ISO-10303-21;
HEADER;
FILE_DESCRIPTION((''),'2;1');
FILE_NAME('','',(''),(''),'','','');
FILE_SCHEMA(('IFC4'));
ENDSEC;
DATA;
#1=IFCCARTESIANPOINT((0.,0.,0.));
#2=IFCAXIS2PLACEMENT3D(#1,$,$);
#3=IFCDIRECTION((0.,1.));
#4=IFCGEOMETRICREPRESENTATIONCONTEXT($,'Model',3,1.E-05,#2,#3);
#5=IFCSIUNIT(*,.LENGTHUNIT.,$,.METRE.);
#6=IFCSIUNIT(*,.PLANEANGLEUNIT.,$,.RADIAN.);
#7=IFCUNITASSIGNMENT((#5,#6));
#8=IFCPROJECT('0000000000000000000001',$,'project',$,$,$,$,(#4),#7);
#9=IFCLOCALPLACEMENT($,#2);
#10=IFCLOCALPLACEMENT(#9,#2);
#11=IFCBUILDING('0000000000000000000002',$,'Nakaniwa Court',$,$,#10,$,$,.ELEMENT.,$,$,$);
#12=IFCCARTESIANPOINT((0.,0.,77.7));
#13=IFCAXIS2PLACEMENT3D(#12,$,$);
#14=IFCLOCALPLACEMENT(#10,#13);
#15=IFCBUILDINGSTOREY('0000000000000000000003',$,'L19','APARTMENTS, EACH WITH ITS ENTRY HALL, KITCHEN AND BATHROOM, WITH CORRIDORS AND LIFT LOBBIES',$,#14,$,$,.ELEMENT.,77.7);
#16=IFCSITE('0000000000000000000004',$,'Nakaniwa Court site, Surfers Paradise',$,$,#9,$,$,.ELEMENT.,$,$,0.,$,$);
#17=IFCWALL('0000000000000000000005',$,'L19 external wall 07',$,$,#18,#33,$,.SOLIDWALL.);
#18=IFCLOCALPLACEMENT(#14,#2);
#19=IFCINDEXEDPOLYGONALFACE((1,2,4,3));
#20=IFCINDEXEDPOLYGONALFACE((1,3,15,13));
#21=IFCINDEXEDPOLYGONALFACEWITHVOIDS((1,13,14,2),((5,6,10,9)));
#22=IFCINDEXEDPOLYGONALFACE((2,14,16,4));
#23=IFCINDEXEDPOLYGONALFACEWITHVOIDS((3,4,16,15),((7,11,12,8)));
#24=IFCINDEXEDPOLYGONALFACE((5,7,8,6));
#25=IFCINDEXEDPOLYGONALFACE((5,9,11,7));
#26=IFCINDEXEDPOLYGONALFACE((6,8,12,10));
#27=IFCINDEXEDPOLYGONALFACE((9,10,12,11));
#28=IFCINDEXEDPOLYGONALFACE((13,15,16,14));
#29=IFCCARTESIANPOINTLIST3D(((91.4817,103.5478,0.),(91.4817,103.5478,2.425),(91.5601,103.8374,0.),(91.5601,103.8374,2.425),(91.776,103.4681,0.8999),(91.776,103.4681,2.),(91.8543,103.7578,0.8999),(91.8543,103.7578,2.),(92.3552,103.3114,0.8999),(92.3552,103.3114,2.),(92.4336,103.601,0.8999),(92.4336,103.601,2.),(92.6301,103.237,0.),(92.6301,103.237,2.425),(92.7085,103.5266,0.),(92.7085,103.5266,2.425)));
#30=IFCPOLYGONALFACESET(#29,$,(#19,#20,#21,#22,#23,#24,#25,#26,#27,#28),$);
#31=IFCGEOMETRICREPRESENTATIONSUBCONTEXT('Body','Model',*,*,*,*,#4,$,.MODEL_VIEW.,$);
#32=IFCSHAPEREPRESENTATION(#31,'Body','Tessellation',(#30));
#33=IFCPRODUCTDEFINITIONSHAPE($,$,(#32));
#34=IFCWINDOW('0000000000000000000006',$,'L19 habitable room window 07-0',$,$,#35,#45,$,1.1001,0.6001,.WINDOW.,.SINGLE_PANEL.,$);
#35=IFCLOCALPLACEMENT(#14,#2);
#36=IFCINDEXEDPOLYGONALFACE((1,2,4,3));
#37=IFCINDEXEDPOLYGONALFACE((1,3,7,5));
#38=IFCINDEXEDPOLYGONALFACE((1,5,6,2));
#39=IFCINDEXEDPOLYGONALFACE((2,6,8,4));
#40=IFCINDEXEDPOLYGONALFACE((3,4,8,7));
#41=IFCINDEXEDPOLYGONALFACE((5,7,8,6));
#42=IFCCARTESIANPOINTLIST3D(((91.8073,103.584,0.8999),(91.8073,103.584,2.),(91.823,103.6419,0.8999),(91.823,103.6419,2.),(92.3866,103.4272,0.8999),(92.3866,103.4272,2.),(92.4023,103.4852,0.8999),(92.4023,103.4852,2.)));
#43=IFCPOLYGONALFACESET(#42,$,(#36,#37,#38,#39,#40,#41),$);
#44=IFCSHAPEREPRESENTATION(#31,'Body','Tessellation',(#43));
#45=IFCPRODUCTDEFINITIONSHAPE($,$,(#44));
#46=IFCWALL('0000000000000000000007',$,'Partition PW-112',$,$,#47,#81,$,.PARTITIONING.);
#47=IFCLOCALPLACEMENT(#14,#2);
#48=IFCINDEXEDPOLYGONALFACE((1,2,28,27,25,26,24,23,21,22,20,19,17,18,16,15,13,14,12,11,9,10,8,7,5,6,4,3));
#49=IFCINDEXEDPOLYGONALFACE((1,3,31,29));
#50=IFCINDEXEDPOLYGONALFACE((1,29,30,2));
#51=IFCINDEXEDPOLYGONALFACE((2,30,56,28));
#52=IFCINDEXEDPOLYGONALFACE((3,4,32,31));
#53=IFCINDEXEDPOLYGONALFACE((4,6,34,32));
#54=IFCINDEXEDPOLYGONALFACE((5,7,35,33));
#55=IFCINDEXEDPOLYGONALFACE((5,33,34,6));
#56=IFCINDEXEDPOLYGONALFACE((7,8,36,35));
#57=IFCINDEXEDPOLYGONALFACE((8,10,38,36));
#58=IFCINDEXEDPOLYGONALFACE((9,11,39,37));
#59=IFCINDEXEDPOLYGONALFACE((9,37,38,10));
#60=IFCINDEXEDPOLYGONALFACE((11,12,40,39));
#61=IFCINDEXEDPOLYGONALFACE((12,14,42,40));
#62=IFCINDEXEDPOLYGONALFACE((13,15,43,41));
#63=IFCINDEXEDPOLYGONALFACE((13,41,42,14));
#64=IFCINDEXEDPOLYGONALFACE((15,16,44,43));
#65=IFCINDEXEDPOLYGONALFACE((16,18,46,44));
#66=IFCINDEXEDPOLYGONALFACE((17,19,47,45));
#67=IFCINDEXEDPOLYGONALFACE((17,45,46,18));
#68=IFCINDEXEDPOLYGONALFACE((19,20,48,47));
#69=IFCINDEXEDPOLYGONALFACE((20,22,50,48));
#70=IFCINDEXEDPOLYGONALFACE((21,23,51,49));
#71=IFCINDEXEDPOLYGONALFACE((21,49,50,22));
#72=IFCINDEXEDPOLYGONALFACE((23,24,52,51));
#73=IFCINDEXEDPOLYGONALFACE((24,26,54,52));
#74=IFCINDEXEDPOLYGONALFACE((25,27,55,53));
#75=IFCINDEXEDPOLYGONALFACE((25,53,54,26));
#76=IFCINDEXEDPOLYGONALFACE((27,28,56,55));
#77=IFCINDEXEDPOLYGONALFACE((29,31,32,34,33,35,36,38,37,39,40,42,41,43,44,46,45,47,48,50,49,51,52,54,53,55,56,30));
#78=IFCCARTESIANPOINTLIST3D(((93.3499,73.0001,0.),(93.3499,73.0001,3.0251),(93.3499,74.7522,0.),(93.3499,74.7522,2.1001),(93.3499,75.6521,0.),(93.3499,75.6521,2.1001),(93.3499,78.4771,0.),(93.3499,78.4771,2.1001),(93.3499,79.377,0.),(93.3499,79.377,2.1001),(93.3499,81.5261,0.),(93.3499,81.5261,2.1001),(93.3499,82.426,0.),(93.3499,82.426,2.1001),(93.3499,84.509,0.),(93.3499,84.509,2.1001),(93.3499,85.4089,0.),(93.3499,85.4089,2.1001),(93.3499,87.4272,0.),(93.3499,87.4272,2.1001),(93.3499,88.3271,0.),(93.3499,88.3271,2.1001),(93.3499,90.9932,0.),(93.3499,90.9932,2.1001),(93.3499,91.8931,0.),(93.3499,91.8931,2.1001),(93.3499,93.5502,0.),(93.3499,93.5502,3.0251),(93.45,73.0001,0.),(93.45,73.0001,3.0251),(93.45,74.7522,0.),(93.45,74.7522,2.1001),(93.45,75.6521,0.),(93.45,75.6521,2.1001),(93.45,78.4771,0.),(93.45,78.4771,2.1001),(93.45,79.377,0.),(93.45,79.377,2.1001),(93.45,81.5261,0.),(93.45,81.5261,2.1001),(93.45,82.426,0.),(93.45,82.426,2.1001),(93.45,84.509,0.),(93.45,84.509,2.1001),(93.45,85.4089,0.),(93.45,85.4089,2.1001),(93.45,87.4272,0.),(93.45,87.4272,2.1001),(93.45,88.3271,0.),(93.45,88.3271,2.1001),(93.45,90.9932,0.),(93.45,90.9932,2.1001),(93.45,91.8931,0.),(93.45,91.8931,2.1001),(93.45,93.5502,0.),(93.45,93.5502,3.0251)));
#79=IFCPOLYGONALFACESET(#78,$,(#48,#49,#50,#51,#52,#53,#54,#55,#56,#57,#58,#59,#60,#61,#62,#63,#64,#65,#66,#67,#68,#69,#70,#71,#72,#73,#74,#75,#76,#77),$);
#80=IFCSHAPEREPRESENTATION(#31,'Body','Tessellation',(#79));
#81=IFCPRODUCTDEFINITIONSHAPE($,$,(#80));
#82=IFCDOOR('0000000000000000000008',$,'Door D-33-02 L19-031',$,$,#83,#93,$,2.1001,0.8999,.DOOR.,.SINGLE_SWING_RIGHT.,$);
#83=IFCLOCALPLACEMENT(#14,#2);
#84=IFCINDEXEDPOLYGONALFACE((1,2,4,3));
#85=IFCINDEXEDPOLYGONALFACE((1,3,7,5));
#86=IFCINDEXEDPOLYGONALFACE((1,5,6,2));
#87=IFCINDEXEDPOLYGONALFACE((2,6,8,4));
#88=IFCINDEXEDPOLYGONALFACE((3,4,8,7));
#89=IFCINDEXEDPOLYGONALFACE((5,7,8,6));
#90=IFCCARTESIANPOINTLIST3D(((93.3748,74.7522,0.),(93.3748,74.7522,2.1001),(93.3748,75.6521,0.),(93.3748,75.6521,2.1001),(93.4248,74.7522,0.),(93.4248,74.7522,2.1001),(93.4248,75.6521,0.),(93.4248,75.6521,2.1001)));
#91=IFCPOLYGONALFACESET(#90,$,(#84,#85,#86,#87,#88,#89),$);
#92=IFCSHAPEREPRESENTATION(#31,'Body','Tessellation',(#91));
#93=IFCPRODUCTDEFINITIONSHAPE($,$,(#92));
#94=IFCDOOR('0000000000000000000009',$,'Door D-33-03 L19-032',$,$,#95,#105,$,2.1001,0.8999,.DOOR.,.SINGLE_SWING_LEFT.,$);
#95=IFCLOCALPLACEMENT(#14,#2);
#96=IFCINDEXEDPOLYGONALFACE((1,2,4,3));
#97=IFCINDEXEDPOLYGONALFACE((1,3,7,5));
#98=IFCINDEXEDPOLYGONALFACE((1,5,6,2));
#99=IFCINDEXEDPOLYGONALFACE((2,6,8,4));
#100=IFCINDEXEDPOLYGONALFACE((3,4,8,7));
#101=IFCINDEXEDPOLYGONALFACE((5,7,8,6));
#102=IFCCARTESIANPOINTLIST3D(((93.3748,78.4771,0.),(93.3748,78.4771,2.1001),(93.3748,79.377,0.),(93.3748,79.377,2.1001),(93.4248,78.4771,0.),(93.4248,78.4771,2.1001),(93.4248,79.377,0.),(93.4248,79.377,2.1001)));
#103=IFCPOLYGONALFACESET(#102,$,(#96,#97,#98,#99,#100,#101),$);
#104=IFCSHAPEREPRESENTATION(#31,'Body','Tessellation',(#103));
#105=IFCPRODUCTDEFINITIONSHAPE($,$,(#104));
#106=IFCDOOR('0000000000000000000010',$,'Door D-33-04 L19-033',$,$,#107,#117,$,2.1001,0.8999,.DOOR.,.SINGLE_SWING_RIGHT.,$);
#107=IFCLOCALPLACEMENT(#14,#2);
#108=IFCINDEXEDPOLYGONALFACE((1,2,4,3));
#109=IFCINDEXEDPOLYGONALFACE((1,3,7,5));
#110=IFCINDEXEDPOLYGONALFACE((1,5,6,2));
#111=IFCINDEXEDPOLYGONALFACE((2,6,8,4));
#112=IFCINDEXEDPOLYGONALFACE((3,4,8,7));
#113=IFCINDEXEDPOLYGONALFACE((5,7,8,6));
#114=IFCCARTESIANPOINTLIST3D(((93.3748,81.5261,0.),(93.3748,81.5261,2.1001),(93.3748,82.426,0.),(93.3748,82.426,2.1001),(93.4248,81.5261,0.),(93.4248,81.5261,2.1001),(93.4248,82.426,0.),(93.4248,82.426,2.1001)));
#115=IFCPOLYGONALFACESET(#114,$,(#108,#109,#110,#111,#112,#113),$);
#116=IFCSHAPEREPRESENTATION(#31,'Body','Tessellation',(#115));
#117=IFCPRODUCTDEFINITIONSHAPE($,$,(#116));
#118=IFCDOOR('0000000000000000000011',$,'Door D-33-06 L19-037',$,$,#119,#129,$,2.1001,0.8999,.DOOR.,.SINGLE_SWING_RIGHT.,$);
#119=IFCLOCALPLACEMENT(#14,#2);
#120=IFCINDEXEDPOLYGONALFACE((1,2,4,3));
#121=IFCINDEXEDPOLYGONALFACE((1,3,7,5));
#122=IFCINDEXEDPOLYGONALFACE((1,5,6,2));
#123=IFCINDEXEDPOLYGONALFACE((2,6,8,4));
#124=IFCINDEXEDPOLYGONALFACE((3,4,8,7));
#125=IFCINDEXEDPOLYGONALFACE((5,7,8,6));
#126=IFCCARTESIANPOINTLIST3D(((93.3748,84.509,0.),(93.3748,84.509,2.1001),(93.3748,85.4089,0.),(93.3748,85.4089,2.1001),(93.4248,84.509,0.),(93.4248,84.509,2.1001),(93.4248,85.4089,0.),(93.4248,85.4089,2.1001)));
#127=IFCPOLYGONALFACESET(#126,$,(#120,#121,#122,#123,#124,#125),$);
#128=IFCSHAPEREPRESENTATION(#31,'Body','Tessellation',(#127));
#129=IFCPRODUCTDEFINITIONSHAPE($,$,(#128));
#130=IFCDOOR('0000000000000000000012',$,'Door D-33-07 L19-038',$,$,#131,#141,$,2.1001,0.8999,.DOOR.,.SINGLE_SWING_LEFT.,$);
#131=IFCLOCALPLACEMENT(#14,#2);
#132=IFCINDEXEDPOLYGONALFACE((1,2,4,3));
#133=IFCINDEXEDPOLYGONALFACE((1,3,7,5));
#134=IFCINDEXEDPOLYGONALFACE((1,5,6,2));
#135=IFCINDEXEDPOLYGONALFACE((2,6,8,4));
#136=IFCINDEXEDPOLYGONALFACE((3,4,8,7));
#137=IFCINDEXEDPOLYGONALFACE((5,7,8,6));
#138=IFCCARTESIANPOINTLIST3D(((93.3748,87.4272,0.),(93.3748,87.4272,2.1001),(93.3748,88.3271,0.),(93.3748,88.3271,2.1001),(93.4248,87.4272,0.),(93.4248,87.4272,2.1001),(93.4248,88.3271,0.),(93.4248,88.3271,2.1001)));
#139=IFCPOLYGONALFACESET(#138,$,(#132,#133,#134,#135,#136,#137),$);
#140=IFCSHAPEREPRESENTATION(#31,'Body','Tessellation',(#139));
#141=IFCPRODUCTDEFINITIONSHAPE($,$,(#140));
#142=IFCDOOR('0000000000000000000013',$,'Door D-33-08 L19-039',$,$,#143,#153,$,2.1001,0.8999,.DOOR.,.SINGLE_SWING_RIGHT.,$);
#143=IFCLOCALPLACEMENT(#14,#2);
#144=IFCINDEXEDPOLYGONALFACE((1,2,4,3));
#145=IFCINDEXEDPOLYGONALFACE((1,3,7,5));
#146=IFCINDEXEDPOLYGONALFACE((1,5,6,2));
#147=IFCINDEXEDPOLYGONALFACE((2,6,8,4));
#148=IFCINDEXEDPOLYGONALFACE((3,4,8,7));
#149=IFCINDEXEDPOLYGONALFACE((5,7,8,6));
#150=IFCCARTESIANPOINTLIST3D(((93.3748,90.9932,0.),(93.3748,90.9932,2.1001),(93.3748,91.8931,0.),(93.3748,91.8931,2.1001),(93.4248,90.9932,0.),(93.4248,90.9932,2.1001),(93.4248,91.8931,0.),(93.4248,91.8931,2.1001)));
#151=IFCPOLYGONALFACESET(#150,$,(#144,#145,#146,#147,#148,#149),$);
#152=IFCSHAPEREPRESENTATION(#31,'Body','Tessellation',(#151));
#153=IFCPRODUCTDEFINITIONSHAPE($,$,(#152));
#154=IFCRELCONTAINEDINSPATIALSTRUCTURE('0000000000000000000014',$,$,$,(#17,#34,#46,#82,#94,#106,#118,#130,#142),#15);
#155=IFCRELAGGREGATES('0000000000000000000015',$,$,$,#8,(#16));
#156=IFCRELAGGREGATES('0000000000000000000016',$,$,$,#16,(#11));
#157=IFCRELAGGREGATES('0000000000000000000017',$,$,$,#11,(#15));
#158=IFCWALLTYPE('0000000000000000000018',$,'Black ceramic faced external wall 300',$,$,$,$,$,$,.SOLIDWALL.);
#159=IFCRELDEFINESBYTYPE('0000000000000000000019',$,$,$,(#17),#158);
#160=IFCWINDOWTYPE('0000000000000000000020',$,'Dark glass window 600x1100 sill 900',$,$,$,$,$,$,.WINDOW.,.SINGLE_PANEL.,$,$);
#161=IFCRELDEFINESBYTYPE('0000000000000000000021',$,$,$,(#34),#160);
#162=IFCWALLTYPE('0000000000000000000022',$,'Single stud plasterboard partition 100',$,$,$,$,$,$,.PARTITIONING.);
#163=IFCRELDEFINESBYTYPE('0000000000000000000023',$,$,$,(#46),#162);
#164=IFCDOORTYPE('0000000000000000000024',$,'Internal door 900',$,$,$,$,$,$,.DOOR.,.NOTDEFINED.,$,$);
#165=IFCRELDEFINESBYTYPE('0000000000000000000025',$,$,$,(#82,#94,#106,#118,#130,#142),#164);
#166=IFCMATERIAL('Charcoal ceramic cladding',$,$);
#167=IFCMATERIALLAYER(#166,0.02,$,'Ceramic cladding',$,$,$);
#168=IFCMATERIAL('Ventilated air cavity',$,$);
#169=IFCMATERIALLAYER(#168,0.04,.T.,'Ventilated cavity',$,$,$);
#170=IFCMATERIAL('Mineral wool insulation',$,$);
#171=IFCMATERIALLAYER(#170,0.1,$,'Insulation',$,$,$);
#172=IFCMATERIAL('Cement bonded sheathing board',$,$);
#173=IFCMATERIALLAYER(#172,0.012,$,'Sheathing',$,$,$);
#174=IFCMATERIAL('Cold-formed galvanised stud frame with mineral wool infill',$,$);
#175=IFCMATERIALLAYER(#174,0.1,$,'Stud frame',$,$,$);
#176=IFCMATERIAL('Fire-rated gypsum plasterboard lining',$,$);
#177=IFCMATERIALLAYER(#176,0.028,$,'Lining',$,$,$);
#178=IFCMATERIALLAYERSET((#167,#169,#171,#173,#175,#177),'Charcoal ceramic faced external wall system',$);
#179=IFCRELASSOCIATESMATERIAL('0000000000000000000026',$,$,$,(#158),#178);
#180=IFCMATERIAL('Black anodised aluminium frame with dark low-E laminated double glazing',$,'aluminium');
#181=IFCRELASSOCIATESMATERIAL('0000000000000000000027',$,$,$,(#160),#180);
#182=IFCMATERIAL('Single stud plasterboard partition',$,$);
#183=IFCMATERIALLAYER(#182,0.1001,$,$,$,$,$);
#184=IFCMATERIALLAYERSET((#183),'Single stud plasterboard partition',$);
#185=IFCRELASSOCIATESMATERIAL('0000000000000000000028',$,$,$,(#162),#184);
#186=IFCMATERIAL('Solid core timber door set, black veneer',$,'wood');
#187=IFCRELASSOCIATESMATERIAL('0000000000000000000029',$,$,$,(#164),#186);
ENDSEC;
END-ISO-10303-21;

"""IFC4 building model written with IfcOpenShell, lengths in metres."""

from ifc_helpers import new_model, si_unit, direction, frame, frame_2d, origin, place, context, subcontext, project, spatial, rectangle, extrude, material, layer, layer_set, type_object, element, fill, save


model = new_model("IFC4")

# Units and contexts
model_context = context("Model", 3, precision=1e-05, world=origin(), true_north=direction((0.0, 1.0)))
body_context = subcontext(model_context, "Body", "Model", "MODEL_VIEW")
ifc_project = project(units=[si_unit("LENGTHUNIT", "METRE"), si_unit("PLANEANGLEUNIT", "RADIAN")], contexts=[model_context])

# Site, building, storey
site_placement = place(None, origin())
site = spatial("IfcSite", under=ifc_project, at=site_placement, Name="Nakaniwa Court site, Surfers Paradise", CompositionType="ELEMENT", RefElevation=0.0)
building_placement = place(site_placement, origin())
building = spatial("IfcBuilding", under=site, at=building_placement, Name="Nakaniwa Court", CompositionType="ELEMENT")
storey_placement = place(building_placement, frame((0.0, 0.0, 77.7)))
storey = spatial("IfcBuildingStorey", under=building, at=storey_placement, Name="L19", Description="APARTMENTS, EACH WITH ITS ENTRY HALL, KITCHEN AND BATHROOM, WITH CORRIDORS AND LIFT LOBBIES", CompositionType="ELEMENT", Elevation=77.7)

# Wall, opening, window
ifc_material_1 = material(Name="Charcoal ceramic cladding")
ifc_layer_1 = layer(ifc_material_1, 0.02, Name="Ceramic cladding")
ifc_material_2 = material(Name="Ventilated air cavity")
ifc_layer_2 = layer(ifc_material_2, 0.04, ventilated=True, Name="Ventilated cavity")
ifc_material_3 = material(Name="Mineral wool insulation")
ifc_layer_3 = layer(ifc_material_3, 0.1, Name="Insulation")
ifc_material_4 = material(Name="Cement bonded sheathing board")
ifc_layer_4 = layer(ifc_material_4, 0.012, Name="Sheathing")
ifc_material_5 = material(Name="Cold-formed galvanised stud frame with mineral wool infill")
ifc_layer_5 = layer(ifc_material_5, 0.1, Name="Stud frame")
ifc_material_6 = material(Name="Fire-rated gypsum plasterboard lining")
ifc_layer_6 = layer(ifc_material_6, 0.028, Name="Lining")
ifc_layer_set_1 = layer_set([ifc_layer_1, ifc_layer_2, ifc_layer_3, ifc_layer_4, ifc_layer_5, ifc_layer_6], Name="Charcoal ceramic faced external wall system")
wall_type_1 = type_object("IfcWallType", Name="Black ceramic faced external wall 300", PredefinedType="SOLIDWALL", material=ifc_layer_set_1)
ifc_material_7 = material(Name="Black anodised aluminium frame with dark low-E laminated double glazing", Category="aluminium")
window_type_1 = type_object("IfcWindowType", Name="Dark glass window 600x1100 sill 900", PartitioningType="SINGLE_PANEL", PredefinedType="WINDOW", material=ifc_material_7)
wall_1_placement = place(storey_placement, frame((92.6692, 103.3818, 0.0), z_axis=(0.0, 0.0, 1.0), x_axis=(-0.965278, 0.261224, 0.0)))
wall_1 = element("IfcWall", 1, at=wall_1_placement, inside=storey, type_object=wall_type_1, Name="L19 external wall 07", PredefinedType="SOLIDWALL", context=body_context, shape_type="SweptSolid", body=[
    extrude(rectangle(XDim=1.1897, YDim=0.3, at=frame_2d((0.5947, 0.0))), origin(), (0.0, 0.0, 1.0), 2.425),
])
opening_1_placement = place(wall_1_placement, frame((0.2847, 0.0, 0.8999)))
opening_1 = element("IfcOpeningElement", 2, at=opening_1_placement, cuts=wall_1, PredefinedType="OPENING", context=body_context, shape_type="SweptSolid", body=[
    extrude(rectangle(XDim=0.6001, YDim=1.1001, at=frame_2d((0.3, 0.55))), frame((0.0, 0.1599, 0.0), z_axis=(0.0, -1.0, 0.0), x_axis=(1.0, 0.0, 0.0)), (0.0, 0.0, 1.0), 0.3201),
])
window_1_placement = place(opening_1_placement, origin())
window_1 = element("IfcWindow", 3, at=window_1_placement, inside=storey, type_object=window_type_1, Name="L19 habitable room window 07-0", OverallHeight=1.1001, OverallWidth=0.6001, PartitioningType="SINGLE_PANEL", PredefinedType="WINDOW", context=body_context, shape_type="SweptSolid", body=[
    extrude(rectangle(XDim=0.6001, YDim=1.1001, at=frame_2d((0.3, 0.55))), frame((0.0, 0.03, 0.0), z_axis=(0.0, -1.0, 0.0), x_axis=(1.0, 0.0, 0.0)), (0.0, 0.0, 1.0), 0.0601),
])
fill(opening_1, window_1)

# Wall, openings, doors
ifc_material_8 = material(Name="Single stud plasterboard partition")
ifc_layer_7 = layer(ifc_material_8, 0.1001)
ifc_layer_set_2 = layer_set([ifc_layer_7], Name="Single stud plasterboard partition")
wall_type_2 = type_object("IfcWallType", Name="Single stud plasterboard partition 100", PredefinedType="PARTITIONING", material=ifc_layer_set_2)
wall_2_placement = place(storey_placement, frame((93.3999, 93.55, 0.0), z_axis=(0.0, 0.0, 1.0), x_axis=(0.0, -1.0, 0.0)))
wall_2 = element("IfcWall", 4, at=wall_2_placement, inside=storey, type_object=wall_type_2, Name="Partition PW-112", PredefinedType="PARTITIONING", context=body_context, shape_type="SweptSolid", body=[
    extrude(rectangle(XDim=20.55, YDim=0.1001, at=frame_2d((10.2749, 0.0))), origin(), (0.0, 0.0, 1.0), 3.0251),
])
opening_2_placement = place(wall_2_placement, frame((17.8979, 0.0, 0.0)))
opening_2 = element("IfcOpeningElement", 5, at=opening_2_placement, cuts=wall_2, PredefinedType="OPENING", context=body_context, shape_type="SweptSolid", body=[
    extrude(rectangle(XDim=0.8999, YDim=2.1001, at=frame_2d((0.45, 1.05))), frame((0.0, 0.0601, 0.0), z_axis=(0.0, -1.0, 0.0), x_axis=(1.0, 0.0, 0.0)), (0.0, 0.0, 1.0), 0.1201),
])
opening_3_placement = place(wall_2_placement, frame((14.1731, 0.0, 0.0)))
opening_3 = element("IfcOpeningElement", 6, at=opening_3_placement, cuts=wall_2, PredefinedType="OPENING", context=body_context, shape_type="SweptSolid", body=[
    extrude(rectangle(XDim=0.8999, YDim=2.1001, at=frame_2d((0.45, 1.05))), frame((0.0, 0.0601, 0.0), z_axis=(0.0, -1.0, 0.0), x_axis=(1.0, 0.0, 0.0)), (0.0, 0.0, 1.0), 0.1201),
])
opening_4_placement = place(wall_2_placement, frame((11.124, 0.0, 0.0)))
opening_4 = element("IfcOpeningElement", 7, at=opening_4_placement, cuts=wall_2, PredefinedType="OPENING", context=body_context, shape_type="SweptSolid", body=[
    extrude(rectangle(XDim=0.8999, YDim=2.1001, at=frame_2d((0.45, 1.05))), frame((0.0, 0.0601, 0.0), z_axis=(0.0, -1.0, 0.0), x_axis=(1.0, 0.0, 0.0)), (0.0, 0.0, 1.0), 0.1201),
])
opening_5_placement = place(wall_2_placement, frame((8.1411, 0.0, 0.0)))
opening_5 = element("IfcOpeningElement", 8, at=opening_5_placement, cuts=wall_2, PredefinedType="OPENING", context=body_context, shape_type="SweptSolid", body=[
    extrude(rectangle(XDim=0.8999, YDim=2.1001, at=frame_2d((0.45, 1.05))), frame((0.0, 0.0601, 0.0), z_axis=(0.0, -1.0, 0.0), x_axis=(1.0, 0.0, 0.0)), (0.0, 0.0, 1.0), 0.1201),
])
opening_6_placement = place(wall_2_placement, frame((5.2229, 0.0, 0.0)))
opening_6 = element("IfcOpeningElement", 9, at=opening_6_placement, cuts=wall_2, PredefinedType="OPENING", context=body_context, shape_type="SweptSolid", body=[
    extrude(rectangle(XDim=0.8999, YDim=2.1001, at=frame_2d((0.45, 1.05))), frame((0.0, 0.0601, 0.0), z_axis=(0.0, -1.0, 0.0), x_axis=(1.0, 0.0, 0.0)), (0.0, 0.0, 1.0), 0.1201),
])
opening_7_placement = place(wall_2_placement, frame((1.657, 0.0, 0.0)))
opening_7 = element("IfcOpeningElement", 10, at=opening_7_placement, cuts=wall_2, PredefinedType="OPENING", context=body_context, shape_type="SweptSolid", body=[
    extrude(rectangle(XDim=0.8999, YDim=2.1001, at=frame_2d((0.45, 1.05))), frame((0.0, 0.0601, 0.0), z_axis=(0.0, -1.0, 0.0), x_axis=(1.0, 0.0, 0.0)), (0.0, 0.0, 1.0), 0.1201),
])
ifc_material_9 = material(Name="Solid core timber door set, black veneer", Category="wood")
door_type = type_object("IfcDoorType", Name="Internal door 900", OperationType="NOTDEFINED", PredefinedType="DOOR", material=ifc_material_9)
door_1_placement = place(opening_2_placement, origin())
door_1 = element("IfcDoor", 11, at=door_1_placement, inside=storey, type_object=door_type, Name="Door D-33-02 L19-031", OperationType="SINGLE_SWING_RIGHT", OverallHeight=2.1001, OverallWidth=0.8999, PredefinedType="DOOR", context=body_context, shape_type="SweptSolid", body=[
    extrude(rectangle(XDim=0.8999, YDim=2.1001, at=frame_2d((0.45, 1.05))), frame((0.0, 0.0249, 0.0), z_axis=(0.0, -1.0, 0.0), x_axis=(1.0, 0.0, 0.0)), (0.0, 0.0, 1.0), 0.05),
])
fill(opening_2, door_1)
door_2_placement = place(opening_3_placement, origin())
door_2 = element("IfcDoor", 12, at=door_2_placement, inside=storey, type_object=door_type, Name="Door D-33-03 L19-032", OperationType="SINGLE_SWING_LEFT", OverallHeight=2.1001, OverallWidth=0.8999, PredefinedType="DOOR", context=body_context, shape_type="SweptSolid", body=[
    extrude(rectangle(XDim=0.8999, YDim=2.1001, at=frame_2d((0.45, 1.05))), frame((0.0, 0.0249, 0.0), z_axis=(0.0, -1.0, 0.0), x_axis=(1.0, 0.0, 0.0)), (0.0, 0.0, 1.0), 0.05),
])
fill(opening_3, door_2)
door_3_placement = place(opening_4_placement, origin())
door_3 = element("IfcDoor", 13, at=door_3_placement, inside=storey, type_object=door_type, Name="Door D-33-04 L19-033", OperationType="SINGLE_SWING_RIGHT", OverallHeight=2.1001, OverallWidth=0.8999, PredefinedType="DOOR", context=body_context, shape_type="SweptSolid", body=[
    extrude(rectangle(XDim=0.8999, YDim=2.1001, at=frame_2d((0.45, 1.05))), frame((0.0, 0.0249, 0.0), z_axis=(0.0, -1.0, 0.0), x_axis=(1.0, 0.0, 0.0)), (0.0, 0.0, 1.0), 0.05),
])
fill(opening_4, door_3)
door_4_placement = place(opening_5_placement, origin())
door_4 = element("IfcDoor", 14, at=door_4_placement, inside=storey, type_object=door_type, Name="Door D-33-06 L19-037", OperationType="SINGLE_SWING_RIGHT", OverallHeight=2.1001, OverallWidth=0.8999, PredefinedType="DOOR", context=body_context, shape_type="SweptSolid", body=[
    extrude(rectangle(XDim=0.8999, YDim=2.1001, at=frame_2d((0.45, 1.05))), frame((0.0, 0.0249, 0.0), z_axis=(0.0, -1.0, 0.0), x_axis=(1.0, 0.0, 0.0)), (0.0, 0.0, 1.0), 0.05),
])
fill(opening_5, door_4)
door_5_placement = place(opening_6_placement, origin())
door_5 = element("IfcDoor", 15, at=door_5_placement, inside=storey, type_object=door_type, Name="Door D-33-07 L19-038", OperationType="SINGLE_SWING_LEFT", OverallHeight=2.1001, OverallWidth=0.8999, PredefinedType="DOOR", context=body_context, shape_type="SweptSolid", body=[
    extrude(rectangle(XDim=0.8999, YDim=2.1001, at=frame_2d((0.45, 1.05))), frame((0.0, 0.0249, 0.0), z_axis=(0.0, -1.0, 0.0), x_axis=(1.0, 0.0, 0.0)), (0.0, 0.0, 1.0), 0.05),
])
fill(opening_6, door_5)
door_6_placement = place(opening_7_placement, origin())
door_6 = element("IfcDoor", 16, at=door_6_placement, inside=storey, type_object=door_type, Name="Door D-33-08 L19-039", OperationType="SINGLE_SWING_RIGHT", OverallHeight=2.1001, OverallWidth=0.8999, PredefinedType="DOOR", context=body_context, shape_type="SweptSolid", body=[
    extrude(rectangle(XDim=0.8999, YDim=2.1001, at=frame_2d((0.45, 1.05))), frame((0.0, 0.0249, 0.0), z_axis=(0.0, -1.0, 0.0), x_axis=(1.0, 0.0, 0.0)), (0.0, 0.0, 1.0), 0.05),
])
fill(opening_7, door_6)

save(model, "model.ifc")
